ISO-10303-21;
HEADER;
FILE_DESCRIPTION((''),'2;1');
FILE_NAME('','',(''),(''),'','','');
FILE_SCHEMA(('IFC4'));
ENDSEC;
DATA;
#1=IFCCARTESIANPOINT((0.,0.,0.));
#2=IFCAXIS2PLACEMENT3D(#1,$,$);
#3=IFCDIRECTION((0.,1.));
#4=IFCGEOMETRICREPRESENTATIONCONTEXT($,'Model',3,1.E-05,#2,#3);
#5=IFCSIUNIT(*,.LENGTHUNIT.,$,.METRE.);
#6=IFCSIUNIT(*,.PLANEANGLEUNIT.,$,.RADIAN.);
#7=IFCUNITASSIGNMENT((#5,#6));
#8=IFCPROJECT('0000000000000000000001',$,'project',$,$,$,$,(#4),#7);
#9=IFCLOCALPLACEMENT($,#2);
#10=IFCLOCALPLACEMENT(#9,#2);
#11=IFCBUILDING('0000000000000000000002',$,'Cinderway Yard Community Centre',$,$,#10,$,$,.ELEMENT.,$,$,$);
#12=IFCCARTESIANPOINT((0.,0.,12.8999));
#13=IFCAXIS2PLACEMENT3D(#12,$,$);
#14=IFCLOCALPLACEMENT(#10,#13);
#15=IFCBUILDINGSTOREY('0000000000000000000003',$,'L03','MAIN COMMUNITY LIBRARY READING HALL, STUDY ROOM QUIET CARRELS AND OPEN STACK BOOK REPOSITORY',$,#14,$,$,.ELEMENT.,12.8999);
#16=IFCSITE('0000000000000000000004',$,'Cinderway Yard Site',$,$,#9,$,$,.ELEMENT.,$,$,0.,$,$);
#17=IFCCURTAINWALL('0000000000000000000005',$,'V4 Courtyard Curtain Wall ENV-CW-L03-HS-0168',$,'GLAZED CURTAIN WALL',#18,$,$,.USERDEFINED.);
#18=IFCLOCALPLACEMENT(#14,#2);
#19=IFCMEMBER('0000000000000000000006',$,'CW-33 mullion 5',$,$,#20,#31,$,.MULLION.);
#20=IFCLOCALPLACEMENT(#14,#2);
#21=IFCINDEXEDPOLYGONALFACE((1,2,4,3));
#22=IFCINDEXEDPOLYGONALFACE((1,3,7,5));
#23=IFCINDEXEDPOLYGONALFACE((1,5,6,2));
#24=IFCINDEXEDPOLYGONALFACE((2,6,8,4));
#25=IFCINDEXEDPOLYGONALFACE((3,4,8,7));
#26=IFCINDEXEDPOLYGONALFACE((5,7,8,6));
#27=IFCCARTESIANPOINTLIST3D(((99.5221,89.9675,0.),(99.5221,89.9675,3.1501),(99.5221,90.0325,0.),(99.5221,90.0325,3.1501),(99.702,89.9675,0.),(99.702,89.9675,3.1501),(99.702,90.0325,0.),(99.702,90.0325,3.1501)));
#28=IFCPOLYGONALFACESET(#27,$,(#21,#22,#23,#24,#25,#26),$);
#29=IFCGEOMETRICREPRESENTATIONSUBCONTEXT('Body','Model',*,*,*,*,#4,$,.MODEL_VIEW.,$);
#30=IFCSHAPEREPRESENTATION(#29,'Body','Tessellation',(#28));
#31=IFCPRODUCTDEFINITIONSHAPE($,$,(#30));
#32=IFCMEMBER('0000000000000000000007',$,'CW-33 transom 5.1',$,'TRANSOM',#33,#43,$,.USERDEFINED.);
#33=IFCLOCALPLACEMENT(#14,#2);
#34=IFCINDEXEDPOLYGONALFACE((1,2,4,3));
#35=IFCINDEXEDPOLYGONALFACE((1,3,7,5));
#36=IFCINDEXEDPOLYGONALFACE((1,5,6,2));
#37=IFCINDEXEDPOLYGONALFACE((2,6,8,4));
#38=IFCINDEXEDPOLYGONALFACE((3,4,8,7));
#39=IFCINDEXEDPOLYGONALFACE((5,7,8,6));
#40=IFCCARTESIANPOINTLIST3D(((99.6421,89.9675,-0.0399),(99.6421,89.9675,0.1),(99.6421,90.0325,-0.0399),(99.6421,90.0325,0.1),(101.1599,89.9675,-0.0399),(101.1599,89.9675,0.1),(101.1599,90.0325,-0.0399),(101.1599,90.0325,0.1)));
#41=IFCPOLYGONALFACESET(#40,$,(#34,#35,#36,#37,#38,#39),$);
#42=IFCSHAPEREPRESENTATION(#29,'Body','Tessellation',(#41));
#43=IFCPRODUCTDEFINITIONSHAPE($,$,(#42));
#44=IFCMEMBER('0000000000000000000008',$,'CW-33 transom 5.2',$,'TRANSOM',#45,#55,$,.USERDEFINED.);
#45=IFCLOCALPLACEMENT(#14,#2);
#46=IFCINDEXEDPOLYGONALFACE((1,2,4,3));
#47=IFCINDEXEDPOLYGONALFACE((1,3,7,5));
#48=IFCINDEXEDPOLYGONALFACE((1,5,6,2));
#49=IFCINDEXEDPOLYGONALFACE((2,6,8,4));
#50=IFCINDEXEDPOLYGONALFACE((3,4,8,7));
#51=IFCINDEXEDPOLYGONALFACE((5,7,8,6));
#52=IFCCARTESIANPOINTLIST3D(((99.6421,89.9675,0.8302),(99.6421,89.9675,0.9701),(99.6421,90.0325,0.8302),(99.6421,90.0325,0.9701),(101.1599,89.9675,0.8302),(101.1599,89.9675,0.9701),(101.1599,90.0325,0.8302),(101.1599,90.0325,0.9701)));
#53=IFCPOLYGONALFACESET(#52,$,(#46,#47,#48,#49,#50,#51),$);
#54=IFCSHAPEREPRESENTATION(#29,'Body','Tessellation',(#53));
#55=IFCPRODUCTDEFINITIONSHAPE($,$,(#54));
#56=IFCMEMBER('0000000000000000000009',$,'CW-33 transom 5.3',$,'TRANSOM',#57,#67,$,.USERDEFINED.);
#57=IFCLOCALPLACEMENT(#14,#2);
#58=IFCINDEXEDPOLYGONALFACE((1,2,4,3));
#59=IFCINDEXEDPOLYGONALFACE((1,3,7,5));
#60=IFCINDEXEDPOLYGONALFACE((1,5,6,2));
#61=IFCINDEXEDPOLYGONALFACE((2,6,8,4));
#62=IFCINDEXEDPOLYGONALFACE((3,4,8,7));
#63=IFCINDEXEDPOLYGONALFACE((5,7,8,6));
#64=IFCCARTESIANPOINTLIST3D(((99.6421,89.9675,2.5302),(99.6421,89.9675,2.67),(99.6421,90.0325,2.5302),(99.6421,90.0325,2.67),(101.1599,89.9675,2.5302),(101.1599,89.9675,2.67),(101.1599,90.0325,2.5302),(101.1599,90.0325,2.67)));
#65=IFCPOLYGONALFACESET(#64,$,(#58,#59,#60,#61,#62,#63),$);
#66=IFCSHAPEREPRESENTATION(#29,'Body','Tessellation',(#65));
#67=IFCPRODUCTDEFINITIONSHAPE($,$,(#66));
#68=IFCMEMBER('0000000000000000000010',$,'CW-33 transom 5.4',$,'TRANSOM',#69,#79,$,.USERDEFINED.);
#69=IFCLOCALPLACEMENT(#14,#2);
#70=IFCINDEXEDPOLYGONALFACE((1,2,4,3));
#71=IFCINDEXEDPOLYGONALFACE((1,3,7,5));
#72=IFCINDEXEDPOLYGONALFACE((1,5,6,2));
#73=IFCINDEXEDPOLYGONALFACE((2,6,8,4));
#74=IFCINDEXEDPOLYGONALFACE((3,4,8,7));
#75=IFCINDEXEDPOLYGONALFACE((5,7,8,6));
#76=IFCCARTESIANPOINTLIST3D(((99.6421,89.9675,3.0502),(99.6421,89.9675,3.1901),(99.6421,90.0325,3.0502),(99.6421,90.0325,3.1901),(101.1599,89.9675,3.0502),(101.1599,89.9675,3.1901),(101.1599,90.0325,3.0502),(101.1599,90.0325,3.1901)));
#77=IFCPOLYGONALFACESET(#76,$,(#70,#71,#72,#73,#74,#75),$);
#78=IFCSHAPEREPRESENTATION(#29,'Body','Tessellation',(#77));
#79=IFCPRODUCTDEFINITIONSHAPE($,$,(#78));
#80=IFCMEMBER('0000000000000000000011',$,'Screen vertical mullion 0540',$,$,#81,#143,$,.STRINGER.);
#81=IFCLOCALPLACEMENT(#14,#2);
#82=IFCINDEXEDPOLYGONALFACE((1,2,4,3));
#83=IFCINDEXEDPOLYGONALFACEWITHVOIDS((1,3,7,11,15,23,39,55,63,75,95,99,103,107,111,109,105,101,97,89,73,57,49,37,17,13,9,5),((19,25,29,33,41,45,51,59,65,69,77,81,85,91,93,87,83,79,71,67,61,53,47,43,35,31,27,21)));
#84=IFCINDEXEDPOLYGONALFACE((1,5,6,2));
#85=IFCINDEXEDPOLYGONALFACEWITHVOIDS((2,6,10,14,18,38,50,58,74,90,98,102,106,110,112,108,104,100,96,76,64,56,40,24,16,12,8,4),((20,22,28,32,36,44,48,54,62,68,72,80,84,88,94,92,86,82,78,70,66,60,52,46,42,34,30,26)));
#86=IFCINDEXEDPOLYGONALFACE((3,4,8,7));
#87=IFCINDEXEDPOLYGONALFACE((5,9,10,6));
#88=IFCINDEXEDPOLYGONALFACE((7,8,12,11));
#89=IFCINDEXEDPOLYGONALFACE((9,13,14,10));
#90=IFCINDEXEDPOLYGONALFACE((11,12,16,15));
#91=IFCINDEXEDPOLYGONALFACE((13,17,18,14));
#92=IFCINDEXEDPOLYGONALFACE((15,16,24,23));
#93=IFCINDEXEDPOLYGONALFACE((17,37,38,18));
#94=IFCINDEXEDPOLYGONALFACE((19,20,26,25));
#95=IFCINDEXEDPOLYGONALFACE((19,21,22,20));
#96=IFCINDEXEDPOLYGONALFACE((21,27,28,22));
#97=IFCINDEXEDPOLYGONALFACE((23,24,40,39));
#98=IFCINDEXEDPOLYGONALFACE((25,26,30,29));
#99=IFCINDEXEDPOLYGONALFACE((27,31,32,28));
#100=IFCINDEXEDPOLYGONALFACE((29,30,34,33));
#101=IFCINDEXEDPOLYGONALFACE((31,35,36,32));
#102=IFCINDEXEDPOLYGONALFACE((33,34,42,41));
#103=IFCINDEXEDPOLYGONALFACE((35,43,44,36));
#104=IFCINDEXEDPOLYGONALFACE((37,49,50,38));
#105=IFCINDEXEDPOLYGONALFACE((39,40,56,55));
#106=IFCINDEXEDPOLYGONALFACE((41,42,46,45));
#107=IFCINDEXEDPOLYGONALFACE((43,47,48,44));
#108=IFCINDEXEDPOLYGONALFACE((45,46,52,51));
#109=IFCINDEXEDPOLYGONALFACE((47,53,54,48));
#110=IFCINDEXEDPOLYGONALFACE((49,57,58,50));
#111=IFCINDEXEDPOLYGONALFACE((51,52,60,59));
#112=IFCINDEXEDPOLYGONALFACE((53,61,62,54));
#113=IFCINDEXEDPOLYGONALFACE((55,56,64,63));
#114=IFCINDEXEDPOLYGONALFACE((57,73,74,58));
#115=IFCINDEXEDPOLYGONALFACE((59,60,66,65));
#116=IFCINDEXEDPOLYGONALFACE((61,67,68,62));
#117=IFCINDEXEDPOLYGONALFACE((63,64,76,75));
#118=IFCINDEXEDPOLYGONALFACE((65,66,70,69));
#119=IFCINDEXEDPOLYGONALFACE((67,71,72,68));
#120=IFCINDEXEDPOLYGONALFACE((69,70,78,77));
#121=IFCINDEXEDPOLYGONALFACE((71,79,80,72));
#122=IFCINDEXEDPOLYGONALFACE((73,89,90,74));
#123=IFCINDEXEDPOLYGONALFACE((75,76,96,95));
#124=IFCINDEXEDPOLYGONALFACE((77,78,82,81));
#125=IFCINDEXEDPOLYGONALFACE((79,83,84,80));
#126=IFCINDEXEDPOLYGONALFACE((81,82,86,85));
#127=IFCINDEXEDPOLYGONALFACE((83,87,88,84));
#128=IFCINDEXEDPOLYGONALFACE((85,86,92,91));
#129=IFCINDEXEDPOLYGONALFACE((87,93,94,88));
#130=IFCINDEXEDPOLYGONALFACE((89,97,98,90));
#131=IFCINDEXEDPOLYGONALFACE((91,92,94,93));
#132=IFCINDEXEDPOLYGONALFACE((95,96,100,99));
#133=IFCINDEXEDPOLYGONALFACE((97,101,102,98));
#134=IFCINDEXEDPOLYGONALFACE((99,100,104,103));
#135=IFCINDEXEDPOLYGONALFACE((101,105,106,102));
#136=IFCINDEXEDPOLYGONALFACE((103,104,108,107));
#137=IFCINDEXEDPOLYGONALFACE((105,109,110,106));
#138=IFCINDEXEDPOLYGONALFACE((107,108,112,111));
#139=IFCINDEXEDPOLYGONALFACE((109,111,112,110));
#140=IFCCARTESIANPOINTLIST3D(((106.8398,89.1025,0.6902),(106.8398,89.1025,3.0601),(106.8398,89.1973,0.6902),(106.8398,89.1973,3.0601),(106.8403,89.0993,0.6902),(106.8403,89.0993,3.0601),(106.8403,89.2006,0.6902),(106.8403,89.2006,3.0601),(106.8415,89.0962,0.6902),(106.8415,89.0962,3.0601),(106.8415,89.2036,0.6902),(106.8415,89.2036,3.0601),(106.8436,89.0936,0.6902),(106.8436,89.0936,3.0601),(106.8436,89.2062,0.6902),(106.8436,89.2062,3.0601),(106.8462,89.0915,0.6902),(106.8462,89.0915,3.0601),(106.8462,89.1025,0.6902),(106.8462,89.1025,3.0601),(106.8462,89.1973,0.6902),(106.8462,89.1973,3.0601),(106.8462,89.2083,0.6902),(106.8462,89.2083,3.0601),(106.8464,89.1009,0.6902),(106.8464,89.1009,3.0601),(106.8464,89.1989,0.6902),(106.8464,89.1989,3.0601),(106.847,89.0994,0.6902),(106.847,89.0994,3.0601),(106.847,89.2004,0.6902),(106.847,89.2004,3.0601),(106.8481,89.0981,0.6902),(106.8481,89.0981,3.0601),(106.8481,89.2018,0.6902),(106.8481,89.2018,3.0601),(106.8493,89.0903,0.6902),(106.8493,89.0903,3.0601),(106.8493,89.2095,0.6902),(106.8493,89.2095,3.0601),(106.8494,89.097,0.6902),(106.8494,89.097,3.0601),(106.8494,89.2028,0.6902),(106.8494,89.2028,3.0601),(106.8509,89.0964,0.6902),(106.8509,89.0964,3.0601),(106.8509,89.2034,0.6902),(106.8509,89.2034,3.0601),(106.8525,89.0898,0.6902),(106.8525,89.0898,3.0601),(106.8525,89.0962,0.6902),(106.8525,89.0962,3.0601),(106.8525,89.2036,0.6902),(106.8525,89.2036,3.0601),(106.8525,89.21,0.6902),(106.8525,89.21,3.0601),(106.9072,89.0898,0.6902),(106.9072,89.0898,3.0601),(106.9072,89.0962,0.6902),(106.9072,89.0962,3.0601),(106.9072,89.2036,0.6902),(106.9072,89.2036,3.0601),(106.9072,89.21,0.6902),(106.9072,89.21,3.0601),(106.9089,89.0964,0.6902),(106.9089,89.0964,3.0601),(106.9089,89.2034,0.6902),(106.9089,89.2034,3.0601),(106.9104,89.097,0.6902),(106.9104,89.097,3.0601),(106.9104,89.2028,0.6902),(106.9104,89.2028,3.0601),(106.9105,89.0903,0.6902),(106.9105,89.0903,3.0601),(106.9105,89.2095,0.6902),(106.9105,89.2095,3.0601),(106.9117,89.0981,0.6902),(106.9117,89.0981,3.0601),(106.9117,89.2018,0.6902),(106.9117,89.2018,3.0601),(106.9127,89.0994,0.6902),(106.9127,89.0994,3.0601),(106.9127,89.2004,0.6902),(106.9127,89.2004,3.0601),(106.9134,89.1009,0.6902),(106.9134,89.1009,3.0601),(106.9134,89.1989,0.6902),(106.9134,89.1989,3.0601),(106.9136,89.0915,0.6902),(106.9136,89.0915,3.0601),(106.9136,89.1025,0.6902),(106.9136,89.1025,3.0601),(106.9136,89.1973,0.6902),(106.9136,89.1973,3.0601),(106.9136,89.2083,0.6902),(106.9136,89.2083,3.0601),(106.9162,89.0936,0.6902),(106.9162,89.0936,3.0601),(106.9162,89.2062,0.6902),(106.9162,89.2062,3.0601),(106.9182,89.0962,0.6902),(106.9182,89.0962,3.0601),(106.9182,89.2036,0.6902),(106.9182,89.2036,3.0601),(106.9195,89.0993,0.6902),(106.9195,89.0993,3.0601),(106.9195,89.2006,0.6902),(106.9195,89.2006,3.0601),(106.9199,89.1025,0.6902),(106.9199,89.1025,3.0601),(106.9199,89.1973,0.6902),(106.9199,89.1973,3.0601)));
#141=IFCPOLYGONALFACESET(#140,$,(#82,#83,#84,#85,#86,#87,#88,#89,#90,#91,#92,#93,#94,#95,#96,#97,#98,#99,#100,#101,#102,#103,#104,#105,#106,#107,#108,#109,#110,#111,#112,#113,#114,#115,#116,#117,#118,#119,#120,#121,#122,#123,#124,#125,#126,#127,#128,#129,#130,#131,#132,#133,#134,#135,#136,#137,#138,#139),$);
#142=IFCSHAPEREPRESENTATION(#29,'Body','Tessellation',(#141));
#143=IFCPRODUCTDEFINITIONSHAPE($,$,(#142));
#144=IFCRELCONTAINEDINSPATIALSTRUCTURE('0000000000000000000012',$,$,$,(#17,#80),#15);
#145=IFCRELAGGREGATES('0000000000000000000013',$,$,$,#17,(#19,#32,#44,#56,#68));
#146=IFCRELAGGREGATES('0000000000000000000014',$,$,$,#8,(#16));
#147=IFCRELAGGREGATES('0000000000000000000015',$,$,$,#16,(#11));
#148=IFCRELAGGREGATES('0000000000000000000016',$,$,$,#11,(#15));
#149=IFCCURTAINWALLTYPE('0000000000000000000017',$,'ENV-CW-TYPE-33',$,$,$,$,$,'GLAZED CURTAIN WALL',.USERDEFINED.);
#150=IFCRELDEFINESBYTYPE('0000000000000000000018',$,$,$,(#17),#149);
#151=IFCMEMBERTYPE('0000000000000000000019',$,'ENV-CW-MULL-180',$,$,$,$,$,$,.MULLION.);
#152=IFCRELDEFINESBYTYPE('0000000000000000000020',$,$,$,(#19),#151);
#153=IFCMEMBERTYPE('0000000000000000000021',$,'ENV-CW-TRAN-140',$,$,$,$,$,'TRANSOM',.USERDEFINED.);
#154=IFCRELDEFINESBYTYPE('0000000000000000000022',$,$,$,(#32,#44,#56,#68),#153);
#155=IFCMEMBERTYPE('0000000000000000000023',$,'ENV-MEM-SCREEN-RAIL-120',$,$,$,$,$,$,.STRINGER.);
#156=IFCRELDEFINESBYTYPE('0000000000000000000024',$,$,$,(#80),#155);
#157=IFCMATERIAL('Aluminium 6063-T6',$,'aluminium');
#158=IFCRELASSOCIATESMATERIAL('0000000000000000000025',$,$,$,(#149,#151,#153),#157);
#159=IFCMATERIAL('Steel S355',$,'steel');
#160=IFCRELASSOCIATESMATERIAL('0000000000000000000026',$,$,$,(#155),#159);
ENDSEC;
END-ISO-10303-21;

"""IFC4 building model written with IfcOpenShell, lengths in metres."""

from ifc_helpers import new_model, si_unit, direction, frame, origin, origin_2d, place, context, subcontext, project, spatial, rectangle, hollow_rectangle, extrude, material, material_profile, profile_set, type_object, element, aggregate, save


model = new_model("IFC4")

# Units and contexts
model_context = context("Model", 3, precision=1e-05, world=origin(), true_north=direction((0.0, 1.0)))
body_context = subcontext(model_context, "Body", "Model", "MODEL_VIEW")
ifc_project = project(units=[si_unit("LENGTHUNIT", "METRE"), si_unit("PLANEANGLEUNIT", "RADIAN")], contexts=[model_context])

# Site, building, storey
site_placement = place(None, origin())
site = spatial("IfcSite", under=ifc_project, at=site_placement, Name="Cinderway Yard Site", CompositionType="ELEMENT", RefElevation=0.0)
building_placement = place(site_placement, origin())
building = spatial("IfcBuilding", under=site, at=building_placement, Name="Cinderway Yard Community Centre", CompositionType="ELEMENT")
storey_placement = place(building_placement, frame((0.0, 0.0, 12.8999)))
storey = spatial("IfcBuildingStorey", under=building, at=storey_placement, Name="L03", Description="MAIN COMMUNITY LIBRARY READING HALL, STUDY ROOM QUIET CARRELS AND OPEN STACK BOOK REPOSITORY", CompositionType="ELEMENT", Elevation=12.8999)

# Curtain wall, members
ifc_material_1 = material(Name="Aluminium 6063-T6", Category="aluminium")
curtain_wall_type = type_object("IfcCurtainWallType", Name="ENV-CW-TYPE-33", ElementType="GLAZED CURTAIN WALL", PredefinedType="USERDEFINED", material=ifc_material_1)
curtain_wall_placement = place(storey_placement, origin())
curtain_wall = element("IfcCurtainWall", 1, at=curtain_wall_placement, inside=storey, type_object=curtain_wall_type, Name="V4 Courtyard Curtain Wall ENV-CW-L03-HS-0168", ObjectType="GLAZED CURTAIN WALL", PredefinedType="USERDEFINED")
ifc_material_profile_1 = material_profile(ifc_material_1, rectangle(XDim=0.0649, YDim=0.1799, at=origin_2d()), Name="Aluminium 6063-T6")
ifc_profile_set_1 = profile_set([ifc_material_profile_1], Name="Aluminium 6063-T6")
member_type_1 = type_object("IfcMemberType", Name="ENV-CW-MULL-180", PredefinedType="MULLION", material=ifc_profile_set_1)
member_1_placement = place(storey_placement, frame((99.6121, 90.0, 0.0), z_axis=(0.0, 0.0, 1.0), x_axis=(0.0, 1.0, 0.0)))
member_1 = element("IfcMember", 2, at=member_1_placement, type_object=member_type_1, Name="CW-33 mullion 5", PredefinedType="MULLION", context=body_context, shape_type="SweptSolid", body=[
    extrude(rectangle(XDim=0.0649, YDim=0.1799, at=origin_2d()), origin(), (0.0, 0.0, 1.0), 3.1501),
])
ifc_material_profile_2 = material_profile(ifc_material_1, rectangle(XDim=0.0649, YDim=0.1399, at=origin_2d()), Name="Aluminium 6063-T6")
ifc_profile_set_2 = profile_set([ifc_material_profile_2], Name="Aluminium 6063-T6")
member_type_2 = type_object("IfcMemberType", Name="ENV-CW-TRAN-140", ElementType="TRANSOM", PredefinedType="USERDEFINED", material=ifc_profile_set_2)
member_2_placement = place(storey_placement, frame((99.6421, 90.0, 0.03), z_axis=(1.0, 0.0, 0.0), x_axis=(0.0, 1.0, 0.0)))
member_2 = element("IfcMember", 3, at=member_2_placement, type_object=member_type_2, Name="CW-33 transom 5.1", ObjectType="TRANSOM", PredefinedType="USERDEFINED", context=body_context, shape_type="SweptSolid", body=[
    extrude(rectangle(XDim=0.0649, YDim=0.1399, at=origin_2d()), origin(), (0.0, 0.0, 1.0), 1.5178),
])
member_3_placement = place(storey_placement, frame((99.6421, 90.0, 0.9001), z_axis=(1.0, 0.0, 0.0), x_axis=(0.0, 1.0, 0.0)))
member_3 = element("IfcMember", 4, at=member_3_placement, type_object=member_type_2, Name="CW-33 transom 5.2", ObjectType="TRANSOM", PredefinedType="USERDEFINED", context=body_context, shape_type="SweptSolid", body=[
    extrude(rectangle(XDim=0.0649, YDim=0.1399, at=origin_2d()), origin(), (0.0, 0.0, 1.0), 1.5178),
])
member_4_placement = place(storey_placement, frame((99.6421, 90.0, 2.6001), z_axis=(1.0, 0.0, 0.0), x_axis=(0.0, 1.0, 0.0)))
member_4 = element("IfcMember", 5, at=member_4_placement, type_object=member_type_2, Name="CW-33 transom 5.3", ObjectType="TRANSOM", PredefinedType="USERDEFINED", context=body_context, shape_type="SweptSolid", body=[
    extrude(rectangle(XDim=0.0649, YDim=0.1399, at=origin_2d()), origin(), (0.0, 0.0, 1.0), 1.5178),
])
member_5_placement = place(storey_placement, frame((99.6421, 90.0, 3.1201), z_axis=(1.0, 0.0, 0.0), x_axis=(0.0, 1.0, 0.0)))
member_5 = element("IfcMember", 6, at=member_5_placement, type_object=member_type_2, Name="CW-33 transom 5.4", ObjectType="TRANSOM", PredefinedType="USERDEFINED", context=body_context, shape_type="SweptSolid", body=[
    extrude(rectangle(XDim=0.0649, YDim=0.1399, at=origin_2d()), origin(), (0.0, 0.0, 1.0), 1.5178),
])

# Member
ifc_material_2 = material(Name="Steel S355", Category="steel")
ifc_material_profile_3 = material_profile(ifc_material_2, hollow_rectangle(XDim=0.0801, YDim=0.1201, WallThickness=0.0063, InnerFilletRadius=0.0063, OuterFilletRadius=0.0127, at=origin_2d()), Name="Steel S355")
ifc_profile_set_3 = profile_set([ifc_material_profile_3], Name="Steel S355")
member_type_3 = type_object("IfcMemberType", Name="ENV-MEM-SCREEN-RAIL-120", PredefinedType="STRINGER", material=ifc_profile_set_3)
for number, where, z_axis, x_axis, name in (
    (7, (106.8799, 89.1499, 0.6902), (0.0, 0.0, 1.0), (1.0, 0.0, 0.0), "Screen vertical mullion 0540"),
):
    element("IfcMember", number, at=place(storey_placement, frame(where, z_axis=z_axis, x_axis=x_axis)), inside=storey, type_object=member_type_3, Name=name, PredefinedType="STRINGER", context=body_context, shape_type="SweptSolid", body=[
        extrude(hollow_rectangle(XDim=0.0801, YDim=0.1201, WallThickness=0.0063, InnerFilletRadius=0.0063, OuterFilletRadius=0.0127, at=origin_2d()), origin(), (0.0, 0.0, 1.0), 2.3699),
    ])

aggregate(curtain_wall, [member_1, member_2, member_3, member_4, member_5])

save(model, "model.ifc")
